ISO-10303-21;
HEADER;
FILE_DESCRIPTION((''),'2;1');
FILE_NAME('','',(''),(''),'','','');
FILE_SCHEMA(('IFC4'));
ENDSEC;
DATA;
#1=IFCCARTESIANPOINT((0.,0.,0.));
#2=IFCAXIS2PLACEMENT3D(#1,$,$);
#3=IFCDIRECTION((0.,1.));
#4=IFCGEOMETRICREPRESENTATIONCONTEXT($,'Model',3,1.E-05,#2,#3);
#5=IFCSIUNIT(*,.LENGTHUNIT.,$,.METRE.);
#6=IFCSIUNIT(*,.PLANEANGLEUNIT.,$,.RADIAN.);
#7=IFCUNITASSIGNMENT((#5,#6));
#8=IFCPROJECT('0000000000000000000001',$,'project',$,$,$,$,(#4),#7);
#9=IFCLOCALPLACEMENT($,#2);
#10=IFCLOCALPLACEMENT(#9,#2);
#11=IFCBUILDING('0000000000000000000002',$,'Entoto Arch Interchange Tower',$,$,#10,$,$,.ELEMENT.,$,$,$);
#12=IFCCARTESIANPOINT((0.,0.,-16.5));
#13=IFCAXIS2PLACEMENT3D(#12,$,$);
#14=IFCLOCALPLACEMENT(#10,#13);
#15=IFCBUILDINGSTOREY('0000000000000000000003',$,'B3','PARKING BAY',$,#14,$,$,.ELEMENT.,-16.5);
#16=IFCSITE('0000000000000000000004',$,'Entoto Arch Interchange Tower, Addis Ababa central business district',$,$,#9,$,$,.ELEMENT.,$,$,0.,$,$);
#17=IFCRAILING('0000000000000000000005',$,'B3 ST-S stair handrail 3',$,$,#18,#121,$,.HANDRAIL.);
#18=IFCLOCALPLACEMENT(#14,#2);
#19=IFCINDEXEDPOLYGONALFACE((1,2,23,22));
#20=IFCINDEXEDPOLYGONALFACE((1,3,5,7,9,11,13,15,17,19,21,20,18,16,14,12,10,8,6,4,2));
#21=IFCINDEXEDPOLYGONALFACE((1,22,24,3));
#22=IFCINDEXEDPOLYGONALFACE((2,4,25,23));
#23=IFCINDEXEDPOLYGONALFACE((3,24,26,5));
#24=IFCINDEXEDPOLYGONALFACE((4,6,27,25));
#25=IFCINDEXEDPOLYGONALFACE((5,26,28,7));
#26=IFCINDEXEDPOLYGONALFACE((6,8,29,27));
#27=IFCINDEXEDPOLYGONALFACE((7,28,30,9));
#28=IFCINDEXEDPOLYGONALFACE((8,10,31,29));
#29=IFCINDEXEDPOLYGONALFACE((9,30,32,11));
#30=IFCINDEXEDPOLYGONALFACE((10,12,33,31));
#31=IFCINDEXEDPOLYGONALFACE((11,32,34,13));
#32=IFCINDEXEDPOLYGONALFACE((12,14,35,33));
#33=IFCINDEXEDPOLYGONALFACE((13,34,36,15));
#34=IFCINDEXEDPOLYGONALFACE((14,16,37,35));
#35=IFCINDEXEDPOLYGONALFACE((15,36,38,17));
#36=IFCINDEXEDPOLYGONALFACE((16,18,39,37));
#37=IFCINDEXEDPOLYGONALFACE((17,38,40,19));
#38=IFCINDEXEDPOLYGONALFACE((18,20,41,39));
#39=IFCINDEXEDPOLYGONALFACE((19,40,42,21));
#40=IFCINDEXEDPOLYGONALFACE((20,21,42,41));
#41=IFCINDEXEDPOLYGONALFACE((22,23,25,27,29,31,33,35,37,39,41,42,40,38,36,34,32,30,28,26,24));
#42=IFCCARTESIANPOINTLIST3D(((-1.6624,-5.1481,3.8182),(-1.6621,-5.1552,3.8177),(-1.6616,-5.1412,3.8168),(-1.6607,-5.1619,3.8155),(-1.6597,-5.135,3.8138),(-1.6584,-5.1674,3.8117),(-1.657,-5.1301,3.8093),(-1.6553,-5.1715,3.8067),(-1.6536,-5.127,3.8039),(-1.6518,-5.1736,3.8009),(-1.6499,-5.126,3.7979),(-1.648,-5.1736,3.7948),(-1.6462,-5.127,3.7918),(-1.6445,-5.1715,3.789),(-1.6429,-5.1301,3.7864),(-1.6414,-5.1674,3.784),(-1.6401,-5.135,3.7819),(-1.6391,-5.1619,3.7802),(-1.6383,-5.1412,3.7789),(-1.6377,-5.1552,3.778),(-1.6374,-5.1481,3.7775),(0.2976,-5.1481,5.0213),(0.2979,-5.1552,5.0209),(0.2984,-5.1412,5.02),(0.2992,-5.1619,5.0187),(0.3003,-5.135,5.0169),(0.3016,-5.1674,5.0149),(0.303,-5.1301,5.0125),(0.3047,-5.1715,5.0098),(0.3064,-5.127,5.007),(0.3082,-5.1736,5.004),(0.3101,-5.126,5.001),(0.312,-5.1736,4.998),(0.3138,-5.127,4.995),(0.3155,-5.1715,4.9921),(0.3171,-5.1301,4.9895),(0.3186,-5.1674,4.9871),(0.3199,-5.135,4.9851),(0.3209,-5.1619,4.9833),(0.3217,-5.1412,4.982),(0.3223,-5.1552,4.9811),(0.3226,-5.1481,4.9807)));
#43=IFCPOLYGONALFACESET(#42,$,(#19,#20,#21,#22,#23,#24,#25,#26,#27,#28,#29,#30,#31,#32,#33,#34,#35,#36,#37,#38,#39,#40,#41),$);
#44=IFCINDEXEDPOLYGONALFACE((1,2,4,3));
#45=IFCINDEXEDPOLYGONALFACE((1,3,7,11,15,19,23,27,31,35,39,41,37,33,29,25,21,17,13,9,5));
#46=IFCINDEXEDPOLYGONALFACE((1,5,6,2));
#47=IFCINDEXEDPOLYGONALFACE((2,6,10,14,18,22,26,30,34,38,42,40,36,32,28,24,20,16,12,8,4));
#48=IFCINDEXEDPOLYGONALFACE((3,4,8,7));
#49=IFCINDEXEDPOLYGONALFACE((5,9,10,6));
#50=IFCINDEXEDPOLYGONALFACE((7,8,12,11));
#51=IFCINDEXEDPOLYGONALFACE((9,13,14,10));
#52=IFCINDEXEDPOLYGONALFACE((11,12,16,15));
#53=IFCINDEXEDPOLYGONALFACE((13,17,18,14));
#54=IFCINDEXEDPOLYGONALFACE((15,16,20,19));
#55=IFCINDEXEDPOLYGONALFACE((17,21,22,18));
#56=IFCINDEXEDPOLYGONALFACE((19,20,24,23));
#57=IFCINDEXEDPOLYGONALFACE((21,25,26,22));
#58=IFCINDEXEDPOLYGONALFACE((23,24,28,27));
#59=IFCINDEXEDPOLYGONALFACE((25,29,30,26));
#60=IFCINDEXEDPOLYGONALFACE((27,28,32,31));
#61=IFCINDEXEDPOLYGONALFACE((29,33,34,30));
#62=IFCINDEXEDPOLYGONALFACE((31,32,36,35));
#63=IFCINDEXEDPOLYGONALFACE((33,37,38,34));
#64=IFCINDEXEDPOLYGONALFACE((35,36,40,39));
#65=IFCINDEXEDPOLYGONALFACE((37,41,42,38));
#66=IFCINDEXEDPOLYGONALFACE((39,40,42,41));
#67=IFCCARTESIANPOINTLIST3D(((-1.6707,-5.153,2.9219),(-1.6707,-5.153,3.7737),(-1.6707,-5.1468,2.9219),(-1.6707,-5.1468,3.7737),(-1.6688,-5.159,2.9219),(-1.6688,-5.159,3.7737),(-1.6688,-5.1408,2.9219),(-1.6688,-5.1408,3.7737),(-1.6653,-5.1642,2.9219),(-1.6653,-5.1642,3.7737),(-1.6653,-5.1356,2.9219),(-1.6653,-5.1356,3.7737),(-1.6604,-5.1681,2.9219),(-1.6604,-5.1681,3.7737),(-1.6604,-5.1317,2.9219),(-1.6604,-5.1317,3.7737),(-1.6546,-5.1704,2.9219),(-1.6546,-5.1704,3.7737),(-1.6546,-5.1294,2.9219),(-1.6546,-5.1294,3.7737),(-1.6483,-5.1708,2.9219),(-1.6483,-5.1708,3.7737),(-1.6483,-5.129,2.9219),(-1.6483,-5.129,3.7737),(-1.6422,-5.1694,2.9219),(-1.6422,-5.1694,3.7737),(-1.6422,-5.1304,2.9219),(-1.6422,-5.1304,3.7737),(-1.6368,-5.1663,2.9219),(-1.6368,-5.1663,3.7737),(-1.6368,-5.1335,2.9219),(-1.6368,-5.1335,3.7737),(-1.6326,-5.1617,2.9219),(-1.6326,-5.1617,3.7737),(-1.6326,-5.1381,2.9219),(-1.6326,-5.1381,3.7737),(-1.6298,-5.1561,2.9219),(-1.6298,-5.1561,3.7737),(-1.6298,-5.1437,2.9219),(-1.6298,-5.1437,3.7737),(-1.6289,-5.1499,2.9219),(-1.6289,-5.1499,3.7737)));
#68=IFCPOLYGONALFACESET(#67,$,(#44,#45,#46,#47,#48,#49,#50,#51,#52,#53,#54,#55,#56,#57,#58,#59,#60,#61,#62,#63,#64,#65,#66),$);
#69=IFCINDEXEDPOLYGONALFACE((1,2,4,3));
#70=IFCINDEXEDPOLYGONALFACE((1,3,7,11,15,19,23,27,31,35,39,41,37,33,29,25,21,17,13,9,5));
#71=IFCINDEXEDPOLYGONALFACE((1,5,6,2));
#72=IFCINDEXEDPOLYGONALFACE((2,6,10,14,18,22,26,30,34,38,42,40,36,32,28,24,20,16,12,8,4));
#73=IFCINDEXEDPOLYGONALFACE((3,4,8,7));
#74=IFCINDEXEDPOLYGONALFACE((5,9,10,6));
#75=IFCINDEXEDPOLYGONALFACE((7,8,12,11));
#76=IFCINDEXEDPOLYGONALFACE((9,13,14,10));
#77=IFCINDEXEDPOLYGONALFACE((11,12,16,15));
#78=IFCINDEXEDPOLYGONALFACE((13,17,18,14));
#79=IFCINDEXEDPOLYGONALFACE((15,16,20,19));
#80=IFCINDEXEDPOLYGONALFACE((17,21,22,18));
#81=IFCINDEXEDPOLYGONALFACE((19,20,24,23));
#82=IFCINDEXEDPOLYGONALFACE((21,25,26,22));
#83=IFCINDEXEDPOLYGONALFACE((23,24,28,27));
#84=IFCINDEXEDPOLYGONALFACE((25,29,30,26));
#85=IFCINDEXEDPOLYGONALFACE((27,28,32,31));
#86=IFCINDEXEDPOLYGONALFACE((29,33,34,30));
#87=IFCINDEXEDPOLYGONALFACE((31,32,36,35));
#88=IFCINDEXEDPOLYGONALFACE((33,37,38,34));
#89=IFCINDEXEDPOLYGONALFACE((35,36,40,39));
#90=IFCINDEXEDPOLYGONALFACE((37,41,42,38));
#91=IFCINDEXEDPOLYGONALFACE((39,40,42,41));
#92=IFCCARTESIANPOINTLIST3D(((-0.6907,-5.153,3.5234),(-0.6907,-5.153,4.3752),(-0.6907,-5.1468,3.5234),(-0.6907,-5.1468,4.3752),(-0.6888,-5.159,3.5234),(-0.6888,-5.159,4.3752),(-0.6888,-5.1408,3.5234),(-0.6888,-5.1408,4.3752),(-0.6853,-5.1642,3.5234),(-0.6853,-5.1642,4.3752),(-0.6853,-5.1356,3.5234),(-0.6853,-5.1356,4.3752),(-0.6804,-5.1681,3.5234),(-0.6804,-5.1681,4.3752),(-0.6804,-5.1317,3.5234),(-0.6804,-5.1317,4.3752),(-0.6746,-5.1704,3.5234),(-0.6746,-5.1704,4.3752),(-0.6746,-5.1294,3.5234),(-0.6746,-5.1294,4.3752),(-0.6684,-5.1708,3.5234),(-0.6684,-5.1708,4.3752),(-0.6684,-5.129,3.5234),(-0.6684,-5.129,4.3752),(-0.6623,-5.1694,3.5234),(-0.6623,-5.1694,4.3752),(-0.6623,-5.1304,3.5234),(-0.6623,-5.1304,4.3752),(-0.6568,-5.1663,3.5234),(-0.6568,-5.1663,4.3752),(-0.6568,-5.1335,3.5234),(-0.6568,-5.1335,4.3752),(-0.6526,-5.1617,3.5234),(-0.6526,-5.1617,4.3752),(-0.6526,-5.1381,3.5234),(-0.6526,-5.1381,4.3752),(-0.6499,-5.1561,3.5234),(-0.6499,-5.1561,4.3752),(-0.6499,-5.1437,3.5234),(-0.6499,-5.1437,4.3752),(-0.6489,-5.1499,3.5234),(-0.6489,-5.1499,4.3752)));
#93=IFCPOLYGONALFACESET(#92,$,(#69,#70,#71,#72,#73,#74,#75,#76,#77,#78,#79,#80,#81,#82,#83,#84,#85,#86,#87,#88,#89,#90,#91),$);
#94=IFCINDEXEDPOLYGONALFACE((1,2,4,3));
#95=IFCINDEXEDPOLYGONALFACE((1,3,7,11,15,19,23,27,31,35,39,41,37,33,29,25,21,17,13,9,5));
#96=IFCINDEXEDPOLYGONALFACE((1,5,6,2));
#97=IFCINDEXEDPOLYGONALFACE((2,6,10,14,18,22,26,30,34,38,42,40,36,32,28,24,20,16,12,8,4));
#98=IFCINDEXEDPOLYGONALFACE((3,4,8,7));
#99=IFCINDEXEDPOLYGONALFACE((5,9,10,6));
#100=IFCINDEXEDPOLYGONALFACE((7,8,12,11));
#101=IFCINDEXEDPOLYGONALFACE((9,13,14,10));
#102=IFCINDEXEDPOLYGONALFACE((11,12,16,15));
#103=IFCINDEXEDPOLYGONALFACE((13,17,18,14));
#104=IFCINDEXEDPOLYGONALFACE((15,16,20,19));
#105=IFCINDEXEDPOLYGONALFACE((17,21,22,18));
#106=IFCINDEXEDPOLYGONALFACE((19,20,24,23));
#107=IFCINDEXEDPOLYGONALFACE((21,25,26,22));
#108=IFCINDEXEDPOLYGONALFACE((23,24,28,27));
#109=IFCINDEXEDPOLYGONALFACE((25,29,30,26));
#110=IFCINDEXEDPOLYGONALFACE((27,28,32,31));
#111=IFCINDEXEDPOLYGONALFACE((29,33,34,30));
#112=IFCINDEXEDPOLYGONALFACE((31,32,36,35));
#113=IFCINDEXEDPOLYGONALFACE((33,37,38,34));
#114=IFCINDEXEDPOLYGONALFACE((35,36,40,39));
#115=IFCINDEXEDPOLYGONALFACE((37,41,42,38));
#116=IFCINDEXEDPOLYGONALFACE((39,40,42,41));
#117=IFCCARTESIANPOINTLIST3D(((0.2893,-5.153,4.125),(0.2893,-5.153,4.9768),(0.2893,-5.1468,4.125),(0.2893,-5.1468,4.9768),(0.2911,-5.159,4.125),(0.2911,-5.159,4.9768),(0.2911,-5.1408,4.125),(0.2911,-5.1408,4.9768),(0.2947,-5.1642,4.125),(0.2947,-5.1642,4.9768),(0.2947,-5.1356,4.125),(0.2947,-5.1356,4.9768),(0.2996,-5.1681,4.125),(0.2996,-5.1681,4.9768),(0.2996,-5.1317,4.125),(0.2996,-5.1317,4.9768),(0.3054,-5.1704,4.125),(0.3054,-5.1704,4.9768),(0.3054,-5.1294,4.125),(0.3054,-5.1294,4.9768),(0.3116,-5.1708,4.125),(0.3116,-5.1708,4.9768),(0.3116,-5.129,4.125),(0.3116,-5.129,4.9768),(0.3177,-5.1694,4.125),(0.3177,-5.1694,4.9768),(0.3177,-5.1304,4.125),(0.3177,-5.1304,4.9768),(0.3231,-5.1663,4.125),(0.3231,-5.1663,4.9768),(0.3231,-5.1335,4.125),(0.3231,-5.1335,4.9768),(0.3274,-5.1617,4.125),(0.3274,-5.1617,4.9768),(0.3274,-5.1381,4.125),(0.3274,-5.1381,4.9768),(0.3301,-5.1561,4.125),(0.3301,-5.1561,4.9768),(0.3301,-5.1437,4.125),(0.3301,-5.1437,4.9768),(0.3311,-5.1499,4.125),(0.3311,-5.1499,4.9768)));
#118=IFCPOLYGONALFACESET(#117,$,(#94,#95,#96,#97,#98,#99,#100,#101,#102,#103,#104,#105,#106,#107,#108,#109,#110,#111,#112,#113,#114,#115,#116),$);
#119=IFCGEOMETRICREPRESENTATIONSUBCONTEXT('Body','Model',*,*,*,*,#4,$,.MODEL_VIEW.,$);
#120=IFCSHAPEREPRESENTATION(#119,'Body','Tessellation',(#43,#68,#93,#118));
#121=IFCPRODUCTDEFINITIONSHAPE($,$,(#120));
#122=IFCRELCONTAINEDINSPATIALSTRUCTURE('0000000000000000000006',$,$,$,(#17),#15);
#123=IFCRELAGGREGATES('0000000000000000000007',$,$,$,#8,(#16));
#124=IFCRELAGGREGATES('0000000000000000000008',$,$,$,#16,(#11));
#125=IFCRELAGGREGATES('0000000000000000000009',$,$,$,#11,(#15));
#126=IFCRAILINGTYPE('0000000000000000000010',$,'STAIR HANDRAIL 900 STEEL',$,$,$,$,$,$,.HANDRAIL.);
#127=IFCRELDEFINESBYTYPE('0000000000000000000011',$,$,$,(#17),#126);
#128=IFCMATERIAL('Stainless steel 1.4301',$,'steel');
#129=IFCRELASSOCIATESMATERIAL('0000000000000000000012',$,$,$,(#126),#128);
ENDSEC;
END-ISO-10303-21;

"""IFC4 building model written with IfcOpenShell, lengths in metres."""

from ifc_helpers import new_model, si_unit, direction, frame, origin, origin_2d, place, context, subcontext, project, spatial, circle, extrude, material, type_object, element, save


model = new_model("IFC4")

# Units and contexts
model_context = context("Model", 3, precision=1e-05, world=origin(), true_north=direction((0.0, 1.0)))
body_context = subcontext(model_context, "Body", "Model", "MODEL_VIEW")
ifc_project = project(units=[si_unit("LENGTHUNIT", "METRE"), si_unit("PLANEANGLEUNIT", "RADIAN")], contexts=[model_context])

# Site, building, storey
site_placement = place(None, origin())
site = spatial("IfcSite", under=ifc_project, at=site_placement, Name="Entoto Arch Interchange Tower, Addis Ababa central business district", CompositionType="ELEMENT", RefElevation=0.0)
building_placement = place(site_placement, origin())
building = spatial("IfcBuilding", under=site, at=building_placement, Name="Entoto Arch Interchange Tower", CompositionType="ELEMENT")
storey_placement = place(building_placement, frame((0.0, 0.0, -16.5)))
storey = spatial("IfcBuildingStorey", under=building, at=storey_placement, Name="B3", Description="PARKING BAY", CompositionType="ELEMENT", Elevation=-16.5)

# Railing
ifc_material_1 = material(Name="Stainless steel 1.4301", Category="steel")
railing_type = type_object("IfcRailingType", Name="STAIR HANDRAIL 900 STEEL", PredefinedType="HANDRAIL", material=ifc_material_1)
for number, where, name in (
    (1, (-1.6499, -5.1499, 2.9219), "B3 ST-S stair handrail 3"),
):
    element("IfcRailing", number, at=place(storey_placement, frame(where)), inside=storey, type_object=railing_type, Name=name, PredefinedType="HANDRAIL", context=body_context, shape_type="SweptSolid", body=[
        extrude(circle(Radius=0.0239, at=origin_2d()), frame((0.0, 0.0, 0.876), z_axis=(0.852241, 0.0, 0.523149), x_axis=(0.0, 1.0, 0.0)), (0.0, 0.0, 1.0), 2.2998),
        extrude(circle(Radius=0.021, at=origin_2d()), origin(), (0.0, 0.0, 1.0), 0.8518),
        extrude(circle(Radius=0.021, at=origin_2d()), frame((0.98, 0.0, 0.6016)), (0.0, 0.0, 1.0), 0.8518),
        extrude(circle(Radius=0.021, at=origin_2d()), frame((1.96, 0.0, 1.2031)), (0.0, 0.0, 1.0), 0.8518),
    ])

save(model, "model.ifc")
